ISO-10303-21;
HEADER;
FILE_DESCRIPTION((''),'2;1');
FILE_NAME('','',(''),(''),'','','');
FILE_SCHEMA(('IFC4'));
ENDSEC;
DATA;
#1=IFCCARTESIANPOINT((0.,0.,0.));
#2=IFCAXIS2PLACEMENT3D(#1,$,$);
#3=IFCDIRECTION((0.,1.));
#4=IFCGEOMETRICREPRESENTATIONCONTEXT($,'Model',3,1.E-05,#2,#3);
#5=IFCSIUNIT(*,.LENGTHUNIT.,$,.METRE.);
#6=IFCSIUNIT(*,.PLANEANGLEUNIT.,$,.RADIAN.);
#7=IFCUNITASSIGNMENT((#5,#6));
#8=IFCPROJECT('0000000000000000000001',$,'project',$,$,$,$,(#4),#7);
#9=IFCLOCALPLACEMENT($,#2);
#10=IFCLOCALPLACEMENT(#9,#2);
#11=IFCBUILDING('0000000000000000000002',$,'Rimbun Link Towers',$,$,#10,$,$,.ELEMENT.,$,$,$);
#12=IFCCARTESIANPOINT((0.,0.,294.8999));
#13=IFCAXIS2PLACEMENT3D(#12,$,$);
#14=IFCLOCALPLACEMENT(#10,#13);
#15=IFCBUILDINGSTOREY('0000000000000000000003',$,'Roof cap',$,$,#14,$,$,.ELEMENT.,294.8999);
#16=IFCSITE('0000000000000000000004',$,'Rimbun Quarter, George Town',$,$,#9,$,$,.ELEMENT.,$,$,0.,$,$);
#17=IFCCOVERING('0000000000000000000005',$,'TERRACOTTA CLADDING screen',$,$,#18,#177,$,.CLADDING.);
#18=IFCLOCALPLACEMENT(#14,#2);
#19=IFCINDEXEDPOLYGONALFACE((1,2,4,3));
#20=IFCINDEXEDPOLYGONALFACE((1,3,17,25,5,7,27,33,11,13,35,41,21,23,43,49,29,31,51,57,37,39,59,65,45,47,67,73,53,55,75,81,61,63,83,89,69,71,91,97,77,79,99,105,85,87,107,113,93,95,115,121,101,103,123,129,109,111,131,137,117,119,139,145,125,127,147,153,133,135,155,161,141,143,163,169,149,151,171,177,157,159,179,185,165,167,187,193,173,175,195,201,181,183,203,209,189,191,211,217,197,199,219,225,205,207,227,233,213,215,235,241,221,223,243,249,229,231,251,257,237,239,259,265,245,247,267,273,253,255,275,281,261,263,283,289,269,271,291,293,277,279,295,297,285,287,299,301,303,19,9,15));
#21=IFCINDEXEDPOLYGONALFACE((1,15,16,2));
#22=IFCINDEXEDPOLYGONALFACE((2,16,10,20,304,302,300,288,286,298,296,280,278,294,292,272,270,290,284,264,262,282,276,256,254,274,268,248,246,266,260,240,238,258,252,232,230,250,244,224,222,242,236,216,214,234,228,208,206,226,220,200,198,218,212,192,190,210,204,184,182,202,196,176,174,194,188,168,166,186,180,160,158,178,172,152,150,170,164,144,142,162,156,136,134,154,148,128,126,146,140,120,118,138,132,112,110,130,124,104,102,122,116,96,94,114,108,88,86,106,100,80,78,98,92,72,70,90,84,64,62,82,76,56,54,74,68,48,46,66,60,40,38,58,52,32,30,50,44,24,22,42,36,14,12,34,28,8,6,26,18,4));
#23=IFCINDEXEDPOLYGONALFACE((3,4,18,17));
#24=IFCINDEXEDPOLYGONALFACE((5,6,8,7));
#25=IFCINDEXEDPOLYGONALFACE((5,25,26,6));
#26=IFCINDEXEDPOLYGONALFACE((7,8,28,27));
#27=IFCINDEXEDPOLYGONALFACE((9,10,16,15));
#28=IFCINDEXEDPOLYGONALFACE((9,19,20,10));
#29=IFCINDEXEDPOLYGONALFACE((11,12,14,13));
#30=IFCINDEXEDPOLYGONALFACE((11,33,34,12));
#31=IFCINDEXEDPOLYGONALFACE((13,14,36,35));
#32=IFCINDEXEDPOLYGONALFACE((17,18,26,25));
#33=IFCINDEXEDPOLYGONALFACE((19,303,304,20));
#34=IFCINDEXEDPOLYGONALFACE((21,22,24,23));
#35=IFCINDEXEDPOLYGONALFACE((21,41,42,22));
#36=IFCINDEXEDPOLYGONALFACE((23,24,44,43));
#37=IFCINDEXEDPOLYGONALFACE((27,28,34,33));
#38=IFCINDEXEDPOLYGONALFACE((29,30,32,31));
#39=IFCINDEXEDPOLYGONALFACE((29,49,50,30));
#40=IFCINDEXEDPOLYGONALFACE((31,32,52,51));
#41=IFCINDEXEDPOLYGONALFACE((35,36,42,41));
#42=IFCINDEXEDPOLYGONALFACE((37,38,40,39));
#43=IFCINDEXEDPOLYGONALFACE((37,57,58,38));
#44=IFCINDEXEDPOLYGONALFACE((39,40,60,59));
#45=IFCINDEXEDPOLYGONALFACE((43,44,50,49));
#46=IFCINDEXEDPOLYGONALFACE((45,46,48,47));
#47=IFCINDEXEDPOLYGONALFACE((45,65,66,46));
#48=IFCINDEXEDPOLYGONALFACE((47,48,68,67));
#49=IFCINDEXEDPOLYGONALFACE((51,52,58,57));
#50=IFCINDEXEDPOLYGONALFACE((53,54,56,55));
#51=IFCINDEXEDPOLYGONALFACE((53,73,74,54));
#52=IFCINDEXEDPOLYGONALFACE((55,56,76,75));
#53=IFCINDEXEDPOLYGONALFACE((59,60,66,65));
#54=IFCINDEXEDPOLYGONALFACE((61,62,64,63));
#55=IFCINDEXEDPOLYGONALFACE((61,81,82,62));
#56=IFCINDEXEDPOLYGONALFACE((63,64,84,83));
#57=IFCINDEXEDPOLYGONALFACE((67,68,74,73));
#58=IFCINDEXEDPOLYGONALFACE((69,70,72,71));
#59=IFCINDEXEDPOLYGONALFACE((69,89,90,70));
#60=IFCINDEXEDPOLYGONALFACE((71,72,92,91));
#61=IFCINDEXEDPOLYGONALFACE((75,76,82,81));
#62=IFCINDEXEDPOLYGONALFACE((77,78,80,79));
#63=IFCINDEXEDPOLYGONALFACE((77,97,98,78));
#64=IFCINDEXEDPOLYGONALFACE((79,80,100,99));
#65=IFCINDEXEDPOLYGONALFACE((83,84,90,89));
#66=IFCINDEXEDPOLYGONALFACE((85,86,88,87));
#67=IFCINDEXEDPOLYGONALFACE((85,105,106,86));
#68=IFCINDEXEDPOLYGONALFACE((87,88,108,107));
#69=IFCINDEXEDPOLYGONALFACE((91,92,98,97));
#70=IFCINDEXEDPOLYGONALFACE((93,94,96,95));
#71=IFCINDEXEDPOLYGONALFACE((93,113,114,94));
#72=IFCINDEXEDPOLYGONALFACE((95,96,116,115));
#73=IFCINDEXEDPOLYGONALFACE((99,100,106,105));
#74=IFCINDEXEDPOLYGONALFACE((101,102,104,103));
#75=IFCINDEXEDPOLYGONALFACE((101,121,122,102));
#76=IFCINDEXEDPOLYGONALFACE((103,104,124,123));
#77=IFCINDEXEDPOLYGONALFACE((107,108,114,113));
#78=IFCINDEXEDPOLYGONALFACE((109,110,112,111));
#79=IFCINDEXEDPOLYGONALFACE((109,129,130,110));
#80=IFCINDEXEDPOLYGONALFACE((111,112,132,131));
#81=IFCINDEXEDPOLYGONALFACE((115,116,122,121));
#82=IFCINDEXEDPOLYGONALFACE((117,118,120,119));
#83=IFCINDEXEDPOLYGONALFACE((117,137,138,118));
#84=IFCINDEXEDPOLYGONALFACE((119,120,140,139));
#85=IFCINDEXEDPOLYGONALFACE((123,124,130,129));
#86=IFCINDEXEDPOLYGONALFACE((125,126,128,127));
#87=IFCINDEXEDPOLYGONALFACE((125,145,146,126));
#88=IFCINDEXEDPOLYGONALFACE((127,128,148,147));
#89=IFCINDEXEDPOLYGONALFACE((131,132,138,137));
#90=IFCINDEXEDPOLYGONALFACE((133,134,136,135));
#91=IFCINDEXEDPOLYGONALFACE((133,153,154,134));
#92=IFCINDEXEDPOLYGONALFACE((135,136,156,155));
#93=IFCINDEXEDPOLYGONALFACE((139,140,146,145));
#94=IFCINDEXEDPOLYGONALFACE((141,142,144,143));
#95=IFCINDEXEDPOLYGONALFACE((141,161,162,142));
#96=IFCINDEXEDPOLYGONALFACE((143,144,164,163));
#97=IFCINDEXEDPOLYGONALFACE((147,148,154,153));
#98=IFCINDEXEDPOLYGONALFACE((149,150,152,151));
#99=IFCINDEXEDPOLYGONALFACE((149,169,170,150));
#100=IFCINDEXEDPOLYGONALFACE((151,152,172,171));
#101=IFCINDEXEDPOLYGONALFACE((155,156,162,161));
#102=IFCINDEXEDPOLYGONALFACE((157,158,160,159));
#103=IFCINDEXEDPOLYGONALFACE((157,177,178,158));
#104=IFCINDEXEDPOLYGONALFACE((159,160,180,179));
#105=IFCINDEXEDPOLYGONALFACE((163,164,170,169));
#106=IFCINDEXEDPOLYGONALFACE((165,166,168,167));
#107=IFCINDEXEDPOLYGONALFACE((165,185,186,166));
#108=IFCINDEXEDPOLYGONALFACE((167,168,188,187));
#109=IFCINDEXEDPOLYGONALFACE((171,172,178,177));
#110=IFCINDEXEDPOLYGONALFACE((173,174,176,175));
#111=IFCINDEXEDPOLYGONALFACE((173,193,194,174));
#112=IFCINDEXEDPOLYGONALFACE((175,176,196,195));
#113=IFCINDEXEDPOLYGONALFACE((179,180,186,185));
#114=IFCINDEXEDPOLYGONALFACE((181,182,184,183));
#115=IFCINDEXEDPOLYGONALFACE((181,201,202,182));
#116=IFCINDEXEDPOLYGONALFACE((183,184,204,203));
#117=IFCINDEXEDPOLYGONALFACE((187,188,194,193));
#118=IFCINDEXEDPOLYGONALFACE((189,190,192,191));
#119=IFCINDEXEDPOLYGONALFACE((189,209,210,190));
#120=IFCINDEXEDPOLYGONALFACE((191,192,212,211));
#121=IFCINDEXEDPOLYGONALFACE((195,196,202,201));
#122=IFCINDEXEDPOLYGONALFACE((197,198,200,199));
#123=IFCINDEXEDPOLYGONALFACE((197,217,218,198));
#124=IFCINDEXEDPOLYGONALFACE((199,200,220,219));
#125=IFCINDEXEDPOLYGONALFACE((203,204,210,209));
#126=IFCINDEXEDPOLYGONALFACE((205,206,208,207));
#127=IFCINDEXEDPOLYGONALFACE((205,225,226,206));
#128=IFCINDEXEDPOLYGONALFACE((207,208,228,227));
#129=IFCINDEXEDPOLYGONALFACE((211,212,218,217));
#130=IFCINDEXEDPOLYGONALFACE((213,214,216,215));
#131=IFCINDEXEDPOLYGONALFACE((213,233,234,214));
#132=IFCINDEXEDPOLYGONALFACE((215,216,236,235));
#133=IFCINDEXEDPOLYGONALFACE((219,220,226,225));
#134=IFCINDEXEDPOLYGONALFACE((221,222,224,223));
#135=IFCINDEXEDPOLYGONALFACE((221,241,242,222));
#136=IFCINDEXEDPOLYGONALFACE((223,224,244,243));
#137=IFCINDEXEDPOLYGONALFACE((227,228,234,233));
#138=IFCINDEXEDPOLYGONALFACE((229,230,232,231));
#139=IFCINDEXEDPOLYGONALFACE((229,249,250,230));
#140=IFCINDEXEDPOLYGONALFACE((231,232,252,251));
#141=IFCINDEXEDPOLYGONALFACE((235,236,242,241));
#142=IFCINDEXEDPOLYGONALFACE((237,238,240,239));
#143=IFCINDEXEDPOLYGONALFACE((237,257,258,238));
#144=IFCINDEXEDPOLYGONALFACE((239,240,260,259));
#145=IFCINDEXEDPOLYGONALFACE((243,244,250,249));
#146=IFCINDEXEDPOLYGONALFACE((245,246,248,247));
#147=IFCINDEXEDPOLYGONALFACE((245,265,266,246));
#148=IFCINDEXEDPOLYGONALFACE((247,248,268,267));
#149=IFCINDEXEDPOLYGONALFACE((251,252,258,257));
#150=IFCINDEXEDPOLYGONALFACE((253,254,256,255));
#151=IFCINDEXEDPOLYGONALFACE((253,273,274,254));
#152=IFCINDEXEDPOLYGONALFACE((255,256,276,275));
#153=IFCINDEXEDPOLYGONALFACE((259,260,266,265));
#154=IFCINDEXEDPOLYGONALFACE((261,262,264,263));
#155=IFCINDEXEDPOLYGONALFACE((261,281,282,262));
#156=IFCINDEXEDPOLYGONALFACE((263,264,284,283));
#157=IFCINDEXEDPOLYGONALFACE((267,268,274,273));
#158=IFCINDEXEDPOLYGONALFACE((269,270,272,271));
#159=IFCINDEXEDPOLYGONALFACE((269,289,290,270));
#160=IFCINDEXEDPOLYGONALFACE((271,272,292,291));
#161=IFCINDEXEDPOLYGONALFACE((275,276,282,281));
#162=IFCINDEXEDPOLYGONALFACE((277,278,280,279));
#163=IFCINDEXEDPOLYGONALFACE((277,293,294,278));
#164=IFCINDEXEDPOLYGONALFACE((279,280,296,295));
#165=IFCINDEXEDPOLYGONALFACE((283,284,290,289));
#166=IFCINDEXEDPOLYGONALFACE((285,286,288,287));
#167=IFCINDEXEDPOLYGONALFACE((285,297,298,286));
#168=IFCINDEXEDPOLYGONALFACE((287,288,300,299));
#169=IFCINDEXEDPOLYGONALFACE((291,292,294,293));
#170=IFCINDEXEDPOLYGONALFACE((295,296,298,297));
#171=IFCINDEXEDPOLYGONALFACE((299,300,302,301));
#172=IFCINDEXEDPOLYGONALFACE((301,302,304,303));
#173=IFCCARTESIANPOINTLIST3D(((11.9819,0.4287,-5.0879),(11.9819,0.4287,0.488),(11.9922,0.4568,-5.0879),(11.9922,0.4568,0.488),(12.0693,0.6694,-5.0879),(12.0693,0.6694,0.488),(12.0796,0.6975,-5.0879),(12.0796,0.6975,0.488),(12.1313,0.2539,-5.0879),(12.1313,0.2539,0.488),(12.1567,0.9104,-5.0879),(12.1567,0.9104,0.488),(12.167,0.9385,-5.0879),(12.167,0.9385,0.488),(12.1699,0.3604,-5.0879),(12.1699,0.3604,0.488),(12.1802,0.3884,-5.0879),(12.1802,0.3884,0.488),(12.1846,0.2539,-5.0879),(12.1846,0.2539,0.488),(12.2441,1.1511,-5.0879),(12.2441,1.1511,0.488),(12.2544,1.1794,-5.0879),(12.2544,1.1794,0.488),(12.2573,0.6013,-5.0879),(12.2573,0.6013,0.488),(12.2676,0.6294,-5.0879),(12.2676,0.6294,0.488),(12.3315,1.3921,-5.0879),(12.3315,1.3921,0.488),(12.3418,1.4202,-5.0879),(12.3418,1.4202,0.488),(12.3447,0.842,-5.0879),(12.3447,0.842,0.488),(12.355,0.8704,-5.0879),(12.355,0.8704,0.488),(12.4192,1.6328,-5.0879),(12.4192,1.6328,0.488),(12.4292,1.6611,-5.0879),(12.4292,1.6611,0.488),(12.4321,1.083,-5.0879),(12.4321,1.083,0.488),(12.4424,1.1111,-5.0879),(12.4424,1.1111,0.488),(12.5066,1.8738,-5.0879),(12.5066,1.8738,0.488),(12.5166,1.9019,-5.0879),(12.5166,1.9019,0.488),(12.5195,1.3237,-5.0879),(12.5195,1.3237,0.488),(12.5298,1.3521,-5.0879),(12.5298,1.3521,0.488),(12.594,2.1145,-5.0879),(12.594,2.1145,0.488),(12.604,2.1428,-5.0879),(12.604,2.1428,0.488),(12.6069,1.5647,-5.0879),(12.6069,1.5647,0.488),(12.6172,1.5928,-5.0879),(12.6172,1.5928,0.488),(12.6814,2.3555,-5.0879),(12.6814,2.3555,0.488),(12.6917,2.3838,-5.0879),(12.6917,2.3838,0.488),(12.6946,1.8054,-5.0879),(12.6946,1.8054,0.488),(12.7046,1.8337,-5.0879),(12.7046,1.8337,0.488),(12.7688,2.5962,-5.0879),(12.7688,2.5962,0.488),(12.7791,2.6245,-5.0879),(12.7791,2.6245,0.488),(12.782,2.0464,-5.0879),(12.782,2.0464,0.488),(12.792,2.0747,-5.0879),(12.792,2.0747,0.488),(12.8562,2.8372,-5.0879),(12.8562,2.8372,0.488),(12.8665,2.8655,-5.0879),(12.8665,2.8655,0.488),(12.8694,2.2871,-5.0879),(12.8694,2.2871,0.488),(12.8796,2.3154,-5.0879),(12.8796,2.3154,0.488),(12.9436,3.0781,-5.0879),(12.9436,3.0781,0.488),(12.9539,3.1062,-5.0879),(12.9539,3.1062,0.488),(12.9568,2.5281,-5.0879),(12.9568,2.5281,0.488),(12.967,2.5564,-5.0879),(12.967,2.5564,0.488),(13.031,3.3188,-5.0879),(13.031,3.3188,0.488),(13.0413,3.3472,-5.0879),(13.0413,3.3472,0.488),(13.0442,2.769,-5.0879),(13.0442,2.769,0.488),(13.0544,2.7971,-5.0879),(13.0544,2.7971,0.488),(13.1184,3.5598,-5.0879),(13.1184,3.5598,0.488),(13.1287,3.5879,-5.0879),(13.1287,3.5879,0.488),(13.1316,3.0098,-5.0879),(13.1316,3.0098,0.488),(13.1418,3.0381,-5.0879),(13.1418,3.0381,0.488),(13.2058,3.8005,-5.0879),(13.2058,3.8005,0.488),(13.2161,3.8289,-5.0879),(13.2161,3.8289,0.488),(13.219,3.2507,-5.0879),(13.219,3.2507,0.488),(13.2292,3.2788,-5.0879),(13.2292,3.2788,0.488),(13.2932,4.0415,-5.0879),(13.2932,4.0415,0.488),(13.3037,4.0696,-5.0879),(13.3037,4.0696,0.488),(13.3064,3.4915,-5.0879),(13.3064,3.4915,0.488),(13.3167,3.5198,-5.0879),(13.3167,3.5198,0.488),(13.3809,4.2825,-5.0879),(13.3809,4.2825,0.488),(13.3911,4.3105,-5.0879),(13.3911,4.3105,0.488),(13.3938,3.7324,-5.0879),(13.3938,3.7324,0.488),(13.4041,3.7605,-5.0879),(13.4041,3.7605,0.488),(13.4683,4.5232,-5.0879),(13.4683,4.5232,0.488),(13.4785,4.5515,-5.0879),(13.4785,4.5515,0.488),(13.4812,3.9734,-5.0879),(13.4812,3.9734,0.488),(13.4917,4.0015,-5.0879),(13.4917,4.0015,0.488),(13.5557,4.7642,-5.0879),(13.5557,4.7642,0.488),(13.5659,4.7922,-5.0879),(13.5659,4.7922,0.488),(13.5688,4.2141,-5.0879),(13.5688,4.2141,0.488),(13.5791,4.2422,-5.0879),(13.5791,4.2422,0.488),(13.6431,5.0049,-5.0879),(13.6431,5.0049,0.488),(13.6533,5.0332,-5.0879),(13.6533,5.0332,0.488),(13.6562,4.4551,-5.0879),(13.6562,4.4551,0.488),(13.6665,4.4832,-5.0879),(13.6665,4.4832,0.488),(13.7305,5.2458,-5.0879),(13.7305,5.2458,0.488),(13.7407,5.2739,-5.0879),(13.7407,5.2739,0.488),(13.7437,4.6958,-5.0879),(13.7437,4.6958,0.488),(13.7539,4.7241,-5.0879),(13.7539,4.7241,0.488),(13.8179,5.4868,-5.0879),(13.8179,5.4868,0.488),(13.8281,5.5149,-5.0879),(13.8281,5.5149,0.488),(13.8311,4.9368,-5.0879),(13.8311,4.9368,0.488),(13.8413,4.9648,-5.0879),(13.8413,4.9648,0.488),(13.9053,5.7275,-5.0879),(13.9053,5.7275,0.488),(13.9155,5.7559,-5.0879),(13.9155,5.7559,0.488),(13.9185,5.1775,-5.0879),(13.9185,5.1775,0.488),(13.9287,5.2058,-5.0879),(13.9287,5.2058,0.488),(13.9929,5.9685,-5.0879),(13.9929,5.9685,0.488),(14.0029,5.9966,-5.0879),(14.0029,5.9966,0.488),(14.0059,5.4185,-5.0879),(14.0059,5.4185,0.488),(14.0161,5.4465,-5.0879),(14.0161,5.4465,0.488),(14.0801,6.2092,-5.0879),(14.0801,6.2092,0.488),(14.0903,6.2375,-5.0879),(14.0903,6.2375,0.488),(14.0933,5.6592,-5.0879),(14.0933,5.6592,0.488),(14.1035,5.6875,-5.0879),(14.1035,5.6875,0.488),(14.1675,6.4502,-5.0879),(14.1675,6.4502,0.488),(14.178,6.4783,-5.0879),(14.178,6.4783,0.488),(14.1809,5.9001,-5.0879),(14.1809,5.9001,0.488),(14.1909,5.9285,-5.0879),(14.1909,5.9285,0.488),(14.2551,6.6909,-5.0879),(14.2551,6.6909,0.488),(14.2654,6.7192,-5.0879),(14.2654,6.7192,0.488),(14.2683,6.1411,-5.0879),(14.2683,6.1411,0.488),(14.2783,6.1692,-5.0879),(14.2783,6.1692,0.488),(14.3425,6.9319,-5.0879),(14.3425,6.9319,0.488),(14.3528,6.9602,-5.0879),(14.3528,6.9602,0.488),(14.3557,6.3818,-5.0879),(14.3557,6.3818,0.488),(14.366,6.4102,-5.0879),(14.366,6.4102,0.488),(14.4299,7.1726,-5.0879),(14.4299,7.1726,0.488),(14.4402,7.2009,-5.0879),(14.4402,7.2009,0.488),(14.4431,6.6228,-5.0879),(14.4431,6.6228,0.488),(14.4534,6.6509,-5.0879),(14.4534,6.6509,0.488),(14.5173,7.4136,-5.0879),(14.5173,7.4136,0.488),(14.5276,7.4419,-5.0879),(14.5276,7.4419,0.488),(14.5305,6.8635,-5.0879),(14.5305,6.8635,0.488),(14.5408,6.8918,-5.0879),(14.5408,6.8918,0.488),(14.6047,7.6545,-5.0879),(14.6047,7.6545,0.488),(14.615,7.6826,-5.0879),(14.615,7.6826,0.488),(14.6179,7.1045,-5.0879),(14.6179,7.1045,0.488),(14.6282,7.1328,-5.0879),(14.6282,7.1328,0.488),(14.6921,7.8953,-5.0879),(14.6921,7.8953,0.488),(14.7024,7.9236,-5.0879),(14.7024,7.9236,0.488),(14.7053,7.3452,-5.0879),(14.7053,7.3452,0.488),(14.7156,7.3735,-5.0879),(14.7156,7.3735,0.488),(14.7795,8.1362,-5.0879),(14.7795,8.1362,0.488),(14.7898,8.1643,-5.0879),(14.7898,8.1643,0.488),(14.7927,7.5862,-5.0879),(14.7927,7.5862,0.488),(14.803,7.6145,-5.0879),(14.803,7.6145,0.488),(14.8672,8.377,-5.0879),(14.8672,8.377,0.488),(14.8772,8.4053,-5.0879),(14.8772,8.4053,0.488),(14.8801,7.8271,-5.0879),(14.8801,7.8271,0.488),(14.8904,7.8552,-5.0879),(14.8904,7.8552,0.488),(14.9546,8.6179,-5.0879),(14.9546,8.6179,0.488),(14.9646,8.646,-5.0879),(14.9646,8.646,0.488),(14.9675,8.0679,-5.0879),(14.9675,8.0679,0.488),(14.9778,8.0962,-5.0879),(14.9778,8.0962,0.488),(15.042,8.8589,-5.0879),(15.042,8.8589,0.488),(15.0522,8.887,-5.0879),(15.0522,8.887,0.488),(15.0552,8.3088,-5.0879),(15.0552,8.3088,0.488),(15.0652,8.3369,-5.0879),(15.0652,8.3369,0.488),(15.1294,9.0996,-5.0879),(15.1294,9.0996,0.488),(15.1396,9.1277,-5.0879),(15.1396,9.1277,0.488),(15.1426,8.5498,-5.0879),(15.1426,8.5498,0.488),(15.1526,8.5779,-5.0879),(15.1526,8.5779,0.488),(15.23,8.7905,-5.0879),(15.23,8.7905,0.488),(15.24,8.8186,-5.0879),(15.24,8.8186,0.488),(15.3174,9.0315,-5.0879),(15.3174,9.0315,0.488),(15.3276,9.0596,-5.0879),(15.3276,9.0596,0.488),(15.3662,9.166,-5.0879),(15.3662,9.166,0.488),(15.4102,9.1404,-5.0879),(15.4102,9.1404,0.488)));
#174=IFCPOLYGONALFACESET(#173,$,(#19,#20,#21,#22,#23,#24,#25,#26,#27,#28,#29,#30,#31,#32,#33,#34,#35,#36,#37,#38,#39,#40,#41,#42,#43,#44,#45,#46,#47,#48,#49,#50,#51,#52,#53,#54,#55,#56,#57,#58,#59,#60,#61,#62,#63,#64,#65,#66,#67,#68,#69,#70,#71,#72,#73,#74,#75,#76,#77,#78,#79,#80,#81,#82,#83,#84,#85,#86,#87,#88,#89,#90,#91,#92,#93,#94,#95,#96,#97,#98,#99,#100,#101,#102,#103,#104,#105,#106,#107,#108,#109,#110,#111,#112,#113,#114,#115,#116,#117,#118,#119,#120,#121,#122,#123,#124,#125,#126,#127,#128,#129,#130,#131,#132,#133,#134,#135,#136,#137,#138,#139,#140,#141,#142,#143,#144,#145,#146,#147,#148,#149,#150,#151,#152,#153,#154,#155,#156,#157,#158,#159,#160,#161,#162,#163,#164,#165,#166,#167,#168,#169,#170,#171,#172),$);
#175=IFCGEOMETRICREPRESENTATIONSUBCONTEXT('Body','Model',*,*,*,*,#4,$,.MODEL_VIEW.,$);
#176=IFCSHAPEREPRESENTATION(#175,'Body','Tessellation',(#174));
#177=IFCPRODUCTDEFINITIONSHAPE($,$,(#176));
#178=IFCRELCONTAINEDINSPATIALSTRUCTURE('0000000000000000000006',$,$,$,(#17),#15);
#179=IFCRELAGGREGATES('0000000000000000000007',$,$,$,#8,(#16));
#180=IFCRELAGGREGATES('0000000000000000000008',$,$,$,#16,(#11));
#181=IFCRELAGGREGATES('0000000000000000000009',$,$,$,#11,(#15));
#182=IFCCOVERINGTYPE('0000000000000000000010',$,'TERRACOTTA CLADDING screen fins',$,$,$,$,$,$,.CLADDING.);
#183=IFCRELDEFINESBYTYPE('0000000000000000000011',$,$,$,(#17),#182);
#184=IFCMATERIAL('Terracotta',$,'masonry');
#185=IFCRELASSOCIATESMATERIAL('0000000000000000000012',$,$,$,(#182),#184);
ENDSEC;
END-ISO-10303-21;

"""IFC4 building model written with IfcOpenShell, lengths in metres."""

from ifc_helpers import new_model, si_unit, direction, frame, origin, place, context, subcontext, project, spatial, polyline, outline, extrude, material, type_object, element, save


model = new_model("IFC4")

# Units and contexts
model_context = context("Model", 3, precision=1e-05, world=origin(), true_north=direction((0.0, 1.0)))
body_context = subcontext(model_context, "Body", "Model", "MODEL_VIEW")
ifc_project = project(units=[si_unit("LENGTHUNIT", "METRE"), si_unit("PLANEANGLEUNIT", "RADIAN")], contexts=[model_context])

# Site, building, storey
site_placement = place(None, origin())
site = spatial("IfcSite", under=ifc_project, at=site_placement, Name="Rimbun Quarter, George Town", CompositionType="ELEMENT", RefElevation=0.0)
building_placement = place(site_placement, origin())
building = spatial("IfcBuilding", under=site, at=building_placement, Name="Rimbun Link Towers", CompositionType="ELEMENT")
storey_placement = place(building_placement, frame((0.0, 0.0, 294.8999)))
storey = spatial("IfcBuildingStorey", under=building, at=storey_placement, Name="Roof cap", CompositionType="ELEMENT", Elevation=294.8999)

# Covering
ifc_material_1 = material(Name="Terracotta", Category="masonry")
covering_type_1 = type_object("IfcCoveringType", Name="TERRACOTTA CLADDING screen fins", PredefinedType="CLADDING", material=ifc_material_1)
covering_1_placement = place(storey_placement, frame((0.0, 0.0, -5.0879)))
element("IfcCovering", 1, at=covering_1_placement, inside=storey, type_object=covering_type_1, Name="TERRACOTTA CLADDING screen", PredefinedType="CLADDING", context=body_context, shape_type="SweptSolid", body=[
    extrude(outline(polyline([(15.3662, 9.166), (15.3276, 9.0596), (15.1396, 9.1277), (15.1294, 9.0996), (15.3174, 9.0315), (15.24, 8.8186), (15.0522, 8.887), (15.042, 8.8589), (15.23, 8.7905), (15.1526, 8.5779), (14.9646, 8.646), (14.9546, 8.6179), (15.1426, 8.5498), (15.0652, 8.3369), (14.8772, 8.4053), (14.8672, 8.377), (15.0552, 8.3088), (14.9778, 8.0962), (14.7898, 8.1643), (14.7795, 8.1362), (14.9675, 8.0679), (14.8904, 7.8552), (14.7024, 7.9236), (14.6921, 7.8953), (14.8801, 7.8271), (14.803, 7.6145), (14.615, 7.6826), (14.6047, 7.6545), (14.7927, 7.5862), (14.7156, 7.3735), (14.5276, 7.4419), (14.5173, 7.4136), (14.7053, 7.3452), (14.6282, 7.1328), (14.4402, 7.2009), (14.4299, 7.1726), (14.6179, 7.1045), (14.5408, 6.8918), (14.3528, 6.9602), (14.3425, 6.9319), (14.5305, 6.8635), (14.4534, 6.6509), (14.2654, 6.7192), (14.2551, 6.6909), (14.4431, 6.6228), (14.366, 6.4102), (14.178, 6.4783), (14.1675, 6.4502), (14.3557, 6.3818), (14.2783, 6.1692), (14.0903, 6.2375), (14.0801, 6.2092), (14.2683, 6.1411), (14.1909, 5.9285), (14.0029, 5.9966), (13.9929, 5.9685), (14.1809, 5.9001), (14.1035, 5.6875), (13.9155, 5.7559), (13.9053, 5.7275), (14.0933, 5.6592), (14.0161, 5.4465), (13.8281, 5.5149), (13.8179, 5.4868), (14.0059, 5.4185), (13.9287, 5.2058), (13.7407, 5.2739), (13.7305, 5.2458), (13.9185, 5.1775), (13.8413, 4.9648), (13.6533, 5.0332), (13.6431, 5.0049), (13.8311, 4.9368), (13.7539, 4.7241), (13.5659, 4.7922), (13.5557, 4.7642), (13.7437, 4.6958), (13.6665, 4.4832), (13.4785, 4.5515), (13.4683, 4.5232), (13.6562, 4.4551), (13.5791, 4.2422), (13.3911, 4.3105), (13.3809, 4.2825), (13.5688, 4.2141), (13.4917, 4.0015), (13.3037, 4.0696), (13.2932, 4.0415), (13.4812, 3.9734), (13.4041, 3.7605), (13.2161, 3.8289), (13.2058, 3.8005), (13.3938, 3.7324), (13.3167, 3.5198), (13.1287, 3.5879), (13.1184, 3.5598), (13.3064, 3.4915), (13.2292, 3.2788), (13.0413, 3.3472), (13.031, 3.3188), (13.219, 3.2507), (13.1418, 3.0381), (12.9539, 3.1062), (12.9436, 3.0781), (13.1316, 3.0098), (13.0544, 2.7971), (12.8665, 2.8655), (12.8562, 2.8372), (13.0442, 2.769), (12.967, 2.5564), (12.7791, 2.6245), (12.7688, 2.5962), (12.9568, 2.5281), (12.8796, 2.3154), (12.6917, 2.3838), (12.6814, 2.3555), (12.8694, 2.2871), (12.792, 2.0747), (12.604, 2.1428), (12.594, 2.1145), (12.782, 2.0464), (12.7046, 1.8337), (12.5166, 1.9019), (12.5066, 1.8738), (12.6946, 1.8054), (12.6172, 1.5928), (12.4292, 1.6611), (12.4192, 1.6328), (12.6069, 1.5647), (12.5298, 1.3521), (12.3418, 1.4202), (12.3315, 1.3921), (12.5195, 1.3237), (12.4424, 1.1111), (12.2544, 1.1794), (12.2441, 1.1511), (12.4321, 1.083), (12.355, 0.8704), (12.167, 0.9385), (12.1567, 0.9104), (12.3447, 0.842), (12.2676, 0.6294), (12.0796, 0.6975), (12.0693, 0.6694), (12.2573, 0.6013), (12.1802, 0.3884), (11.9922, 0.4568), (11.9819, 0.4287), (12.1699, 0.3604), (12.1313, 0.2539), (12.1846, 0.2539), (15.4102, 9.1404), (15.3662, 9.166)])), origin(), (0.0, 0.0, 1.0), 5.5759),
])

save(model, "model.ifc")
